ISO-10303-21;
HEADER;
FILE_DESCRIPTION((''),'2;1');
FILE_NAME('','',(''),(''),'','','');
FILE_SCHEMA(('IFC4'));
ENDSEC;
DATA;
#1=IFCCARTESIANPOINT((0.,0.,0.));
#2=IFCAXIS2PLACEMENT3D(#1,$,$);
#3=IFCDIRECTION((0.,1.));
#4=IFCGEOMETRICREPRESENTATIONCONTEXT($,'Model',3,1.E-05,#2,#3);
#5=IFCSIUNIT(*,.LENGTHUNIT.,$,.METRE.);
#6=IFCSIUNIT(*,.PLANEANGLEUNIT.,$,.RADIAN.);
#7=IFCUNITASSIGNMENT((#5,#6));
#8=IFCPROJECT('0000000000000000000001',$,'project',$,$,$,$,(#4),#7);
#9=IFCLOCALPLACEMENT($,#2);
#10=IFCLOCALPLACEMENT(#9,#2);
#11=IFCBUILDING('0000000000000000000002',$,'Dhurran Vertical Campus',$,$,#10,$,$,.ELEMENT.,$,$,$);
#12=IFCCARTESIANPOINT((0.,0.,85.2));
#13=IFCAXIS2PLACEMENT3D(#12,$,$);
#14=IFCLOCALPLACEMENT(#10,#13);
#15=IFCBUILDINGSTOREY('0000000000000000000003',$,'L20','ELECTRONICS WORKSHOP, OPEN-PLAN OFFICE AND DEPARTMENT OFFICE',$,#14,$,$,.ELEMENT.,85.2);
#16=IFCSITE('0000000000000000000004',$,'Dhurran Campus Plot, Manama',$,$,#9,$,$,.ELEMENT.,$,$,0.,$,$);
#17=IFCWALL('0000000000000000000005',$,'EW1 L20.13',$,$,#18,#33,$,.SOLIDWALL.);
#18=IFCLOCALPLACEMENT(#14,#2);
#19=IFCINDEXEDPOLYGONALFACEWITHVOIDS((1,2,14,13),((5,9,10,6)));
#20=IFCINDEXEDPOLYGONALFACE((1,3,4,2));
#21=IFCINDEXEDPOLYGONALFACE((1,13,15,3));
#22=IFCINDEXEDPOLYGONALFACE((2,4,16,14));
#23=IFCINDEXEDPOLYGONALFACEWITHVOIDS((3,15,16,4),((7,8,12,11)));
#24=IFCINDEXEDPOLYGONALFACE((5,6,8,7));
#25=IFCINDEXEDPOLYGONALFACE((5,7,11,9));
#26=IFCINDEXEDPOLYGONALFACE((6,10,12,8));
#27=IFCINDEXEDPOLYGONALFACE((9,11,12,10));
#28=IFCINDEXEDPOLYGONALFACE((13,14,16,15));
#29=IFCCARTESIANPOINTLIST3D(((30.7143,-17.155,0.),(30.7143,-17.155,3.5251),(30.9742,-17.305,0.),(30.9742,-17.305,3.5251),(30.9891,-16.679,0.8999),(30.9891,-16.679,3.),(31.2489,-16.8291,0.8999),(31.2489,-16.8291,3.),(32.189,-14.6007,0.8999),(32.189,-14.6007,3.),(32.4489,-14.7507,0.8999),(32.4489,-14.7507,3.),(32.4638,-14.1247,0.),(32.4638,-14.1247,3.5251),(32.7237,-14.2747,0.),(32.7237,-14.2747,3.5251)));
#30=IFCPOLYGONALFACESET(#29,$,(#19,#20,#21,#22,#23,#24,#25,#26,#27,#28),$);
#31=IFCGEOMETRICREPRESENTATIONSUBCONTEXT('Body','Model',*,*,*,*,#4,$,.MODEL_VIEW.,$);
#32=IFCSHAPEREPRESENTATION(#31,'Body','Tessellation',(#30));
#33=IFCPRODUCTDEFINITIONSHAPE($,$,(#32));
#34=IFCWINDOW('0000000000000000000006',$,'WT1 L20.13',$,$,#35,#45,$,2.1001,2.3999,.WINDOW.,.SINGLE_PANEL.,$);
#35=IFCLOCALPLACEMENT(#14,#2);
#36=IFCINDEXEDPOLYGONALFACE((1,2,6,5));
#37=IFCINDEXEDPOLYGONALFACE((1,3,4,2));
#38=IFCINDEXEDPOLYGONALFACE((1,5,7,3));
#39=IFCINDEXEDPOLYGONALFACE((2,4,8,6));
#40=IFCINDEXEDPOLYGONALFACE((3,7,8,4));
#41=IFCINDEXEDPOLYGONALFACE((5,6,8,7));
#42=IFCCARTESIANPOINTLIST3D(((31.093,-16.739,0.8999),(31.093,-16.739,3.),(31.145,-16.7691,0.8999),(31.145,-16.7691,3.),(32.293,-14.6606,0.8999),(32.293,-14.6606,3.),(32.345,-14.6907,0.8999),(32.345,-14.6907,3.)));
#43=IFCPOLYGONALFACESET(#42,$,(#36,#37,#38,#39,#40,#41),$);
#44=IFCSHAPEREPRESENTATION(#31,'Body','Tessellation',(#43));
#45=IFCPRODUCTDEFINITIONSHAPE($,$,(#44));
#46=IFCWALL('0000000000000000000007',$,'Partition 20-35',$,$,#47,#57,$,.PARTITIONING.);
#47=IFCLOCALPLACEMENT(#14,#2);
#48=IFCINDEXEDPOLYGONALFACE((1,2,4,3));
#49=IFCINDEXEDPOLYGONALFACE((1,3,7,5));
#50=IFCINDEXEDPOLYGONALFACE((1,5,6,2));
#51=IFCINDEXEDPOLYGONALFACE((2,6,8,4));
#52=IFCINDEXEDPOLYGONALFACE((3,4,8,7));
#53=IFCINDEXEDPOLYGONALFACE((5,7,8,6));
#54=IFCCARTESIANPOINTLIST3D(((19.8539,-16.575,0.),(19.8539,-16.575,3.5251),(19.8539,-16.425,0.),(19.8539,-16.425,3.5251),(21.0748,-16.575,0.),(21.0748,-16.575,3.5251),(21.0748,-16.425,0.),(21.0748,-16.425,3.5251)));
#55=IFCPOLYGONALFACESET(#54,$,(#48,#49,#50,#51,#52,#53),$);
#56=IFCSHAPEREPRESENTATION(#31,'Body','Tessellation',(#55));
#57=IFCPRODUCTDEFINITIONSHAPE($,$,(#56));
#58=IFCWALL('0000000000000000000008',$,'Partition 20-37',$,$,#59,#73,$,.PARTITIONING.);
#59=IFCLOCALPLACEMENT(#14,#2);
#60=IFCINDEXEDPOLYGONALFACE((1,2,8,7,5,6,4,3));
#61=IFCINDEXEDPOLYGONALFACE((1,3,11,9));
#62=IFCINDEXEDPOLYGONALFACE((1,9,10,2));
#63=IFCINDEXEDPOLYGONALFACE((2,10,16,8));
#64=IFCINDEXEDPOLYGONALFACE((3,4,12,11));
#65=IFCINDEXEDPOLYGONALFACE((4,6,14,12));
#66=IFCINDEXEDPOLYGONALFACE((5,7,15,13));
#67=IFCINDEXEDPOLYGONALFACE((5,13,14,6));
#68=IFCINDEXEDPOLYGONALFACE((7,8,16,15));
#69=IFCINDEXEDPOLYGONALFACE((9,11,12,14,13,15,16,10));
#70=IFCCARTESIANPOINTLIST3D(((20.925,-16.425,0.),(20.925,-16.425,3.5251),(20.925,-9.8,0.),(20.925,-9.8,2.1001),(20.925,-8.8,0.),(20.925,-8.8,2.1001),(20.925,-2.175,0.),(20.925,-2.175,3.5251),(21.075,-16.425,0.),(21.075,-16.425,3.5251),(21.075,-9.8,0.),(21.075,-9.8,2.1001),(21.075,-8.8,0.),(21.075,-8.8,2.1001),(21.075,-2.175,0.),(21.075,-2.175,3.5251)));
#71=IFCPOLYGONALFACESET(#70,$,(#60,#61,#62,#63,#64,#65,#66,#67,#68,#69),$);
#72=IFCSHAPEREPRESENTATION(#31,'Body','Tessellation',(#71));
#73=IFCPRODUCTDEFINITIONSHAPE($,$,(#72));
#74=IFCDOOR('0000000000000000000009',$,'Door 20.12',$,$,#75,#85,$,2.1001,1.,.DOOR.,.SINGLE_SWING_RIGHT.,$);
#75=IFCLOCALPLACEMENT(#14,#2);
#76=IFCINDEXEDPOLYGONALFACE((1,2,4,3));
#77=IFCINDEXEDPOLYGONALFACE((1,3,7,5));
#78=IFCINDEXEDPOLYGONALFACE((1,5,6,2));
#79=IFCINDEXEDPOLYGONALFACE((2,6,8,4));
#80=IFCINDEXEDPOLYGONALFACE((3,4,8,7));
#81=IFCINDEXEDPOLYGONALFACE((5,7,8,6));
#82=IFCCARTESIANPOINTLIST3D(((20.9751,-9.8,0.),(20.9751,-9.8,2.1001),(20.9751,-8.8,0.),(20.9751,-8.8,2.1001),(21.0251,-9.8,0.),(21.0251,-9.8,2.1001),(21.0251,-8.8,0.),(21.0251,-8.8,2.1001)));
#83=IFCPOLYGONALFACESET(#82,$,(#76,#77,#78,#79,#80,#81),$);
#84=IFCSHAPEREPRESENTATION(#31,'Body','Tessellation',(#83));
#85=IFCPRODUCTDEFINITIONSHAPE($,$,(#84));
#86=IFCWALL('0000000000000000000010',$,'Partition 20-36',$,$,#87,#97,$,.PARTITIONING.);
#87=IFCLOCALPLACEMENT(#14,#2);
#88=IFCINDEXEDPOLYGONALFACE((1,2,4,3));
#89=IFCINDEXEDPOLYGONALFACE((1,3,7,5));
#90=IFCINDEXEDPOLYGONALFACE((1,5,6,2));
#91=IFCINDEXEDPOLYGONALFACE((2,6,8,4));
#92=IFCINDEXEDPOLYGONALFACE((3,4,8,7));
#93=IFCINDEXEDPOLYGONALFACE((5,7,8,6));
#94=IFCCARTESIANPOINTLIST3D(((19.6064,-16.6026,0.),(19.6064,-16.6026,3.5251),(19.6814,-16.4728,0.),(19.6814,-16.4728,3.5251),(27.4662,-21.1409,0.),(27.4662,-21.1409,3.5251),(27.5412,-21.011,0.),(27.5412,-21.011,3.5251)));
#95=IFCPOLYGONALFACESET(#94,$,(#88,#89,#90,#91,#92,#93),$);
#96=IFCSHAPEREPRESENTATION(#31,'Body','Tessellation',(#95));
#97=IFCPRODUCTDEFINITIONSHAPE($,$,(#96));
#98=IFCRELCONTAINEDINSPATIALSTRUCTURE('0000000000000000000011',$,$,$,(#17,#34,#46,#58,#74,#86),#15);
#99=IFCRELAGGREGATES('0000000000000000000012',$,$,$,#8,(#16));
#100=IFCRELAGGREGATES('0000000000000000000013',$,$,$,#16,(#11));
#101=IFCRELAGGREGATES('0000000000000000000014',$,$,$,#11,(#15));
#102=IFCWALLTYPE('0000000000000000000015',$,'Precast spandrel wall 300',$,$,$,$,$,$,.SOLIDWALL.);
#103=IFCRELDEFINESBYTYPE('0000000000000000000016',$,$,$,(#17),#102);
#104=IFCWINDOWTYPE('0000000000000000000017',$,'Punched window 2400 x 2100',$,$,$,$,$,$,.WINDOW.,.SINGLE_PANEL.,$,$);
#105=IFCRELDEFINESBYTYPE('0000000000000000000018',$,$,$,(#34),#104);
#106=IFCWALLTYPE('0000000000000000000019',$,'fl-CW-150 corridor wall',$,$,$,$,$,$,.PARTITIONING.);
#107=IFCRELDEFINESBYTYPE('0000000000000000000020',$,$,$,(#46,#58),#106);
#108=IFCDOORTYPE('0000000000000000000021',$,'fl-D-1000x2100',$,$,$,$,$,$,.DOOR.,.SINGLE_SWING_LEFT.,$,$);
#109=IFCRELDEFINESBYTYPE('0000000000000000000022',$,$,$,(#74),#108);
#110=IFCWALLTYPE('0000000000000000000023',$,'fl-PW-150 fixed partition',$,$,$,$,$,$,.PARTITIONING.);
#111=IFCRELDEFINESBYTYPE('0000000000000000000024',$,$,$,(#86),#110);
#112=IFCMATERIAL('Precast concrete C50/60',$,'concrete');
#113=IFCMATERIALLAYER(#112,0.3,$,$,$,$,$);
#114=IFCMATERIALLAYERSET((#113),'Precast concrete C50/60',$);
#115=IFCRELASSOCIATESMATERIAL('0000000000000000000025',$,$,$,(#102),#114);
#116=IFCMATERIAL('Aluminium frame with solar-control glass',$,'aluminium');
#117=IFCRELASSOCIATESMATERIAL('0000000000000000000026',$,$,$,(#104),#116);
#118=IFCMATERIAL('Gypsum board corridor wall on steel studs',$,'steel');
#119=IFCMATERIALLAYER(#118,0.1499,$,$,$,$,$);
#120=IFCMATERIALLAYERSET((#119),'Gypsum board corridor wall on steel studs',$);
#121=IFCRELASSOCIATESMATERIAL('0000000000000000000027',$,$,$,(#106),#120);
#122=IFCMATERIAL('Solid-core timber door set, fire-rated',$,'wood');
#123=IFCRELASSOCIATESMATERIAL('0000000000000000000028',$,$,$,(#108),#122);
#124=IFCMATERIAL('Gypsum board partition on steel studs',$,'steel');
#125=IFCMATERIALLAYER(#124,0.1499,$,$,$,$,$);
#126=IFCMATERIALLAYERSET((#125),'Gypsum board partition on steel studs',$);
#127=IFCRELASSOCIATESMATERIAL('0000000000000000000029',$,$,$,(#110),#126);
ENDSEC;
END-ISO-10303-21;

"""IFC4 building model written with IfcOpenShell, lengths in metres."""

from ifc_helpers import new_model, si_unit, direction, frame, frame_2d, origin, place, context, subcontext, project, spatial, rectangle, extrude, material, layer, layer_set, type_object, element, fill, save


model = new_model("IFC4")

# Units and contexts
model_context = context("Model", 3, precision=1e-05, world=origin(), true_north=direction((0.0, 1.0)))
body_context = subcontext(model_context, "Body", "Model", "MODEL_VIEW")
ifc_project = project(units=[si_unit("LENGTHUNIT", "METRE"), si_unit("PLANEANGLEUNIT", "RADIAN")], contexts=[model_context])

# Site, building, storey
site_placement = place(None, origin())
site = spatial("IfcSite", under=ifc_project, at=site_placement, Name="Dhurran Campus Plot, Manama", CompositionType="ELEMENT", RefElevation=0.0)
building_placement = place(site_placement, origin())
building = spatial("IfcBuilding", under=site, at=building_placement, Name="Dhurran Vertical Campus", CompositionType="ELEMENT")
storey_placement = place(building_placement, frame((0.0, 0.0, 85.2)))
storey = spatial("IfcBuildingStorey", under=building, at=storey_placement, Name="L20", Description="ELECTRONICS WORKSHOP, OPEN-PLAN OFFICE AND DEPARTMENT OFFICE", CompositionType="ELEMENT", Elevation=85.2)

# Wall, opening, window
ifc_material_1 = material(Name="Precast concrete C50/60", Category="concrete")
ifc_layer_1 = layer(ifc_material_1, 0.3)
ifc_layer_set_1 = layer_set([ifc_layer_1], Name="Precast concrete C50/60")
wall_type_1 = type_object("IfcWallType", Name="Precast spandrel wall 300", PredefinedType="SOLIDWALL", material=ifc_layer_set_1)
ifc_material_2 = material(Name="Aluminium frame with solar-control glass", Category="aluminium")
window_type = type_object("IfcWindowType", Name="Punched window 2400 x 2100", PartitioningType="SINGLE_PANEL", PredefinedType="WINDOW", material=ifc_material_2)
wall_1_placement = place(storey_placement, frame((30.8442, -17.23, 0.0), z_axis=(0.0, 0.0, 1.0), x_axis=(0.499996, 0.866028, 0.0)))
wall_1 = element("IfcWall", 1, at=wall_1_placement, inside=storey, type_object=wall_type_1, Name="EW1 L20.13", PredefinedType="SOLIDWALL", context=body_context, shape_type="SweptSolid", body=[
    extrude(rectangle(XDim=3.499, YDim=0.3, at=frame_2d((1.7495, 0.0))), origin(), (0.0, 0.0, 1.0), 3.5251),
])
opening_1_placement = place(wall_1_placement, frame((0.5496, 0.0, 0.8999)))
opening_1 = element("IfcOpeningElement", 2, at=opening_1_placement, cuts=wall_1, PredefinedType="OPENING", context=body_context, shape_type="SweptSolid", body=[
    extrude(rectangle(XDim=2.3999, YDim=2.1001, at=frame_2d((1.2, 1.05))), frame((0.0, 0.1599, 0.0), z_axis=(0.0, -1.0, 0.0), x_axis=(1.0, 0.0, 0.0)), (0.0, 0.0, 1.0), 0.3201),
])
window_1_placement = place(opening_1_placement, origin())
window_1 = element("IfcWindow", 3, at=window_1_placement, inside=storey, type_object=window_type, Name="WT1 L20.13", OverallHeight=2.1001, OverallWidth=2.3999, PartitioningType="SINGLE_PANEL", PredefinedType="WINDOW", context=body_context, shape_type="SweptSolid", body=[
    extrude(rectangle(XDim=2.3999, YDim=2.1001, at=frame_2d((1.2, 1.05))), frame((0.0, 0.03, 0.0), z_axis=(0.0, -1.0, 0.0), x_axis=(1.0, 0.0, 0.0)), (0.0, 0.0, 1.0), 0.0601),
])
fill(opening_1, window_1)

# Wall
ifc_material_3 = material(Name="Gypsum board corridor wall on steel studs", Category="steel")
ifc_layer_2 = layer(ifc_material_3, 0.1499)
ifc_layer_set_2 = layer_set([ifc_layer_2], Name="Gypsum board corridor wall on steel studs")
wall_type_2 = type_object("IfcWallType", Name="fl-CW-150 corridor wall", PredefinedType="PARTITIONING", material=ifc_layer_set_2)
wall_2_placement = place(storey_placement, frame((19.854, -16.5, 0.0), z_axis=(0.0, 0.0, 1.0), x_axis=(1.0, 0.0, 0.0)))
element("IfcWall", 4, at=wall_2_placement, inside=storey, type_object=wall_type_2, Name="Partition 20-35", PredefinedType="PARTITIONING", context=body_context, shape_type="SweptSolid", body=[
    extrude(rectangle(XDim=1.2209, YDim=0.1499, at=frame_2d((0.6104, 0.0))), origin(), (0.0, 0.0, 1.0), 3.5251),
])

# Wall, opening, door
wall_3_placement = place(storey_placement, frame((21.0, -16.425, 0.0), z_axis=(0.0, 0.0, 1.0), x_axis=(0.0, 1.0, 0.0)))
wall_3 = element("IfcWall", 5, at=wall_3_placement, inside=storey, type_object=wall_type_2, Name="Partition 20-37", PredefinedType="PARTITIONING", context=body_context, shape_type="SweptSolid", body=[
    extrude(rectangle(XDim=14.25, YDim=0.1499, at=frame_2d((7.125, 0.0))), origin(), (0.0, 0.0, 1.0), 3.5251),
])
opening_2_placement = place(wall_3_placement, frame((6.625, 0.0, 0.0)))
opening_2 = element("IfcOpeningElement", 6, at=opening_2_placement, cuts=wall_3, PredefinedType="OPENING", context=body_context, shape_type="SweptSolid", body=[
    extrude(rectangle(XDim=1.0, YDim=2.1001, at=frame_2d((0.5, 1.05))), frame((0.0, 0.085, 0.0), z_axis=(0.0, -1.0, 0.0), x_axis=(1.0, 0.0, 0.0)), (0.0, 0.0, 1.0), 0.1699),
])
ifc_material_4 = material(Name="Solid-core timber door set, fire-rated", Category="wood")
door_type = type_object("IfcDoorType", Name="fl-D-1000x2100", OperationType="SINGLE_SWING_LEFT", PredefinedType="DOOR", material=ifc_material_4)
door_placement = place(opening_2_placement, origin())
door = element("IfcDoor", 7, at=door_placement, inside=storey, type_object=door_type, Name="Door 20.12", OperationType="SINGLE_SWING_RIGHT", OverallHeight=2.1001, OverallWidth=1.0, PredefinedType="DOOR", context=body_context, shape_type="SweptSolid", body=[
    extrude(rectangle(XDim=1.0, YDim=2.1001, at=frame_2d((0.5, 1.05))), frame((0.0, 0.0249, 0.0), z_axis=(0.0, -1.0, 0.0), x_axis=(1.0, 0.0, 0.0)), (0.0, 0.0, 1.0), 0.05),
])
fill(opening_2, door)

# Wall
ifc_material_5 = material(Name="Gypsum board partition on steel studs", Category="steel")
ifc_layer_3 = layer(ifc_material_5, 0.1499)
ifc_layer_set_3 = layer_set([ifc_layer_3], Name="Gypsum board partition on steel studs")
wall_type_3 = type_object("IfcWallType", Name="fl-PW-150 fixed partition", PredefinedType="PARTITIONING", material=ifc_layer_set_3)
wall_4_placement = place(storey_placement, frame((19.6438, -16.5376, 0.0), z_axis=(0.0, 0.0, 1.0), x_axis=(0.866005, -0.500036, 0.0)))
element("IfcWall", 8, at=wall_4_placement, inside=storey, type_object=wall_type_3, Name="Partition 20-36", PredefinedType="PARTITIONING", context=body_context, shape_type="SweptSolid", body=[
    extrude(rectangle(XDim=9.0759, YDim=0.1499, at=frame_2d((4.5381, 0.0))), origin(), (0.0, 0.0, 1.0), 3.5251),
])

save(model, "model.ifc")
